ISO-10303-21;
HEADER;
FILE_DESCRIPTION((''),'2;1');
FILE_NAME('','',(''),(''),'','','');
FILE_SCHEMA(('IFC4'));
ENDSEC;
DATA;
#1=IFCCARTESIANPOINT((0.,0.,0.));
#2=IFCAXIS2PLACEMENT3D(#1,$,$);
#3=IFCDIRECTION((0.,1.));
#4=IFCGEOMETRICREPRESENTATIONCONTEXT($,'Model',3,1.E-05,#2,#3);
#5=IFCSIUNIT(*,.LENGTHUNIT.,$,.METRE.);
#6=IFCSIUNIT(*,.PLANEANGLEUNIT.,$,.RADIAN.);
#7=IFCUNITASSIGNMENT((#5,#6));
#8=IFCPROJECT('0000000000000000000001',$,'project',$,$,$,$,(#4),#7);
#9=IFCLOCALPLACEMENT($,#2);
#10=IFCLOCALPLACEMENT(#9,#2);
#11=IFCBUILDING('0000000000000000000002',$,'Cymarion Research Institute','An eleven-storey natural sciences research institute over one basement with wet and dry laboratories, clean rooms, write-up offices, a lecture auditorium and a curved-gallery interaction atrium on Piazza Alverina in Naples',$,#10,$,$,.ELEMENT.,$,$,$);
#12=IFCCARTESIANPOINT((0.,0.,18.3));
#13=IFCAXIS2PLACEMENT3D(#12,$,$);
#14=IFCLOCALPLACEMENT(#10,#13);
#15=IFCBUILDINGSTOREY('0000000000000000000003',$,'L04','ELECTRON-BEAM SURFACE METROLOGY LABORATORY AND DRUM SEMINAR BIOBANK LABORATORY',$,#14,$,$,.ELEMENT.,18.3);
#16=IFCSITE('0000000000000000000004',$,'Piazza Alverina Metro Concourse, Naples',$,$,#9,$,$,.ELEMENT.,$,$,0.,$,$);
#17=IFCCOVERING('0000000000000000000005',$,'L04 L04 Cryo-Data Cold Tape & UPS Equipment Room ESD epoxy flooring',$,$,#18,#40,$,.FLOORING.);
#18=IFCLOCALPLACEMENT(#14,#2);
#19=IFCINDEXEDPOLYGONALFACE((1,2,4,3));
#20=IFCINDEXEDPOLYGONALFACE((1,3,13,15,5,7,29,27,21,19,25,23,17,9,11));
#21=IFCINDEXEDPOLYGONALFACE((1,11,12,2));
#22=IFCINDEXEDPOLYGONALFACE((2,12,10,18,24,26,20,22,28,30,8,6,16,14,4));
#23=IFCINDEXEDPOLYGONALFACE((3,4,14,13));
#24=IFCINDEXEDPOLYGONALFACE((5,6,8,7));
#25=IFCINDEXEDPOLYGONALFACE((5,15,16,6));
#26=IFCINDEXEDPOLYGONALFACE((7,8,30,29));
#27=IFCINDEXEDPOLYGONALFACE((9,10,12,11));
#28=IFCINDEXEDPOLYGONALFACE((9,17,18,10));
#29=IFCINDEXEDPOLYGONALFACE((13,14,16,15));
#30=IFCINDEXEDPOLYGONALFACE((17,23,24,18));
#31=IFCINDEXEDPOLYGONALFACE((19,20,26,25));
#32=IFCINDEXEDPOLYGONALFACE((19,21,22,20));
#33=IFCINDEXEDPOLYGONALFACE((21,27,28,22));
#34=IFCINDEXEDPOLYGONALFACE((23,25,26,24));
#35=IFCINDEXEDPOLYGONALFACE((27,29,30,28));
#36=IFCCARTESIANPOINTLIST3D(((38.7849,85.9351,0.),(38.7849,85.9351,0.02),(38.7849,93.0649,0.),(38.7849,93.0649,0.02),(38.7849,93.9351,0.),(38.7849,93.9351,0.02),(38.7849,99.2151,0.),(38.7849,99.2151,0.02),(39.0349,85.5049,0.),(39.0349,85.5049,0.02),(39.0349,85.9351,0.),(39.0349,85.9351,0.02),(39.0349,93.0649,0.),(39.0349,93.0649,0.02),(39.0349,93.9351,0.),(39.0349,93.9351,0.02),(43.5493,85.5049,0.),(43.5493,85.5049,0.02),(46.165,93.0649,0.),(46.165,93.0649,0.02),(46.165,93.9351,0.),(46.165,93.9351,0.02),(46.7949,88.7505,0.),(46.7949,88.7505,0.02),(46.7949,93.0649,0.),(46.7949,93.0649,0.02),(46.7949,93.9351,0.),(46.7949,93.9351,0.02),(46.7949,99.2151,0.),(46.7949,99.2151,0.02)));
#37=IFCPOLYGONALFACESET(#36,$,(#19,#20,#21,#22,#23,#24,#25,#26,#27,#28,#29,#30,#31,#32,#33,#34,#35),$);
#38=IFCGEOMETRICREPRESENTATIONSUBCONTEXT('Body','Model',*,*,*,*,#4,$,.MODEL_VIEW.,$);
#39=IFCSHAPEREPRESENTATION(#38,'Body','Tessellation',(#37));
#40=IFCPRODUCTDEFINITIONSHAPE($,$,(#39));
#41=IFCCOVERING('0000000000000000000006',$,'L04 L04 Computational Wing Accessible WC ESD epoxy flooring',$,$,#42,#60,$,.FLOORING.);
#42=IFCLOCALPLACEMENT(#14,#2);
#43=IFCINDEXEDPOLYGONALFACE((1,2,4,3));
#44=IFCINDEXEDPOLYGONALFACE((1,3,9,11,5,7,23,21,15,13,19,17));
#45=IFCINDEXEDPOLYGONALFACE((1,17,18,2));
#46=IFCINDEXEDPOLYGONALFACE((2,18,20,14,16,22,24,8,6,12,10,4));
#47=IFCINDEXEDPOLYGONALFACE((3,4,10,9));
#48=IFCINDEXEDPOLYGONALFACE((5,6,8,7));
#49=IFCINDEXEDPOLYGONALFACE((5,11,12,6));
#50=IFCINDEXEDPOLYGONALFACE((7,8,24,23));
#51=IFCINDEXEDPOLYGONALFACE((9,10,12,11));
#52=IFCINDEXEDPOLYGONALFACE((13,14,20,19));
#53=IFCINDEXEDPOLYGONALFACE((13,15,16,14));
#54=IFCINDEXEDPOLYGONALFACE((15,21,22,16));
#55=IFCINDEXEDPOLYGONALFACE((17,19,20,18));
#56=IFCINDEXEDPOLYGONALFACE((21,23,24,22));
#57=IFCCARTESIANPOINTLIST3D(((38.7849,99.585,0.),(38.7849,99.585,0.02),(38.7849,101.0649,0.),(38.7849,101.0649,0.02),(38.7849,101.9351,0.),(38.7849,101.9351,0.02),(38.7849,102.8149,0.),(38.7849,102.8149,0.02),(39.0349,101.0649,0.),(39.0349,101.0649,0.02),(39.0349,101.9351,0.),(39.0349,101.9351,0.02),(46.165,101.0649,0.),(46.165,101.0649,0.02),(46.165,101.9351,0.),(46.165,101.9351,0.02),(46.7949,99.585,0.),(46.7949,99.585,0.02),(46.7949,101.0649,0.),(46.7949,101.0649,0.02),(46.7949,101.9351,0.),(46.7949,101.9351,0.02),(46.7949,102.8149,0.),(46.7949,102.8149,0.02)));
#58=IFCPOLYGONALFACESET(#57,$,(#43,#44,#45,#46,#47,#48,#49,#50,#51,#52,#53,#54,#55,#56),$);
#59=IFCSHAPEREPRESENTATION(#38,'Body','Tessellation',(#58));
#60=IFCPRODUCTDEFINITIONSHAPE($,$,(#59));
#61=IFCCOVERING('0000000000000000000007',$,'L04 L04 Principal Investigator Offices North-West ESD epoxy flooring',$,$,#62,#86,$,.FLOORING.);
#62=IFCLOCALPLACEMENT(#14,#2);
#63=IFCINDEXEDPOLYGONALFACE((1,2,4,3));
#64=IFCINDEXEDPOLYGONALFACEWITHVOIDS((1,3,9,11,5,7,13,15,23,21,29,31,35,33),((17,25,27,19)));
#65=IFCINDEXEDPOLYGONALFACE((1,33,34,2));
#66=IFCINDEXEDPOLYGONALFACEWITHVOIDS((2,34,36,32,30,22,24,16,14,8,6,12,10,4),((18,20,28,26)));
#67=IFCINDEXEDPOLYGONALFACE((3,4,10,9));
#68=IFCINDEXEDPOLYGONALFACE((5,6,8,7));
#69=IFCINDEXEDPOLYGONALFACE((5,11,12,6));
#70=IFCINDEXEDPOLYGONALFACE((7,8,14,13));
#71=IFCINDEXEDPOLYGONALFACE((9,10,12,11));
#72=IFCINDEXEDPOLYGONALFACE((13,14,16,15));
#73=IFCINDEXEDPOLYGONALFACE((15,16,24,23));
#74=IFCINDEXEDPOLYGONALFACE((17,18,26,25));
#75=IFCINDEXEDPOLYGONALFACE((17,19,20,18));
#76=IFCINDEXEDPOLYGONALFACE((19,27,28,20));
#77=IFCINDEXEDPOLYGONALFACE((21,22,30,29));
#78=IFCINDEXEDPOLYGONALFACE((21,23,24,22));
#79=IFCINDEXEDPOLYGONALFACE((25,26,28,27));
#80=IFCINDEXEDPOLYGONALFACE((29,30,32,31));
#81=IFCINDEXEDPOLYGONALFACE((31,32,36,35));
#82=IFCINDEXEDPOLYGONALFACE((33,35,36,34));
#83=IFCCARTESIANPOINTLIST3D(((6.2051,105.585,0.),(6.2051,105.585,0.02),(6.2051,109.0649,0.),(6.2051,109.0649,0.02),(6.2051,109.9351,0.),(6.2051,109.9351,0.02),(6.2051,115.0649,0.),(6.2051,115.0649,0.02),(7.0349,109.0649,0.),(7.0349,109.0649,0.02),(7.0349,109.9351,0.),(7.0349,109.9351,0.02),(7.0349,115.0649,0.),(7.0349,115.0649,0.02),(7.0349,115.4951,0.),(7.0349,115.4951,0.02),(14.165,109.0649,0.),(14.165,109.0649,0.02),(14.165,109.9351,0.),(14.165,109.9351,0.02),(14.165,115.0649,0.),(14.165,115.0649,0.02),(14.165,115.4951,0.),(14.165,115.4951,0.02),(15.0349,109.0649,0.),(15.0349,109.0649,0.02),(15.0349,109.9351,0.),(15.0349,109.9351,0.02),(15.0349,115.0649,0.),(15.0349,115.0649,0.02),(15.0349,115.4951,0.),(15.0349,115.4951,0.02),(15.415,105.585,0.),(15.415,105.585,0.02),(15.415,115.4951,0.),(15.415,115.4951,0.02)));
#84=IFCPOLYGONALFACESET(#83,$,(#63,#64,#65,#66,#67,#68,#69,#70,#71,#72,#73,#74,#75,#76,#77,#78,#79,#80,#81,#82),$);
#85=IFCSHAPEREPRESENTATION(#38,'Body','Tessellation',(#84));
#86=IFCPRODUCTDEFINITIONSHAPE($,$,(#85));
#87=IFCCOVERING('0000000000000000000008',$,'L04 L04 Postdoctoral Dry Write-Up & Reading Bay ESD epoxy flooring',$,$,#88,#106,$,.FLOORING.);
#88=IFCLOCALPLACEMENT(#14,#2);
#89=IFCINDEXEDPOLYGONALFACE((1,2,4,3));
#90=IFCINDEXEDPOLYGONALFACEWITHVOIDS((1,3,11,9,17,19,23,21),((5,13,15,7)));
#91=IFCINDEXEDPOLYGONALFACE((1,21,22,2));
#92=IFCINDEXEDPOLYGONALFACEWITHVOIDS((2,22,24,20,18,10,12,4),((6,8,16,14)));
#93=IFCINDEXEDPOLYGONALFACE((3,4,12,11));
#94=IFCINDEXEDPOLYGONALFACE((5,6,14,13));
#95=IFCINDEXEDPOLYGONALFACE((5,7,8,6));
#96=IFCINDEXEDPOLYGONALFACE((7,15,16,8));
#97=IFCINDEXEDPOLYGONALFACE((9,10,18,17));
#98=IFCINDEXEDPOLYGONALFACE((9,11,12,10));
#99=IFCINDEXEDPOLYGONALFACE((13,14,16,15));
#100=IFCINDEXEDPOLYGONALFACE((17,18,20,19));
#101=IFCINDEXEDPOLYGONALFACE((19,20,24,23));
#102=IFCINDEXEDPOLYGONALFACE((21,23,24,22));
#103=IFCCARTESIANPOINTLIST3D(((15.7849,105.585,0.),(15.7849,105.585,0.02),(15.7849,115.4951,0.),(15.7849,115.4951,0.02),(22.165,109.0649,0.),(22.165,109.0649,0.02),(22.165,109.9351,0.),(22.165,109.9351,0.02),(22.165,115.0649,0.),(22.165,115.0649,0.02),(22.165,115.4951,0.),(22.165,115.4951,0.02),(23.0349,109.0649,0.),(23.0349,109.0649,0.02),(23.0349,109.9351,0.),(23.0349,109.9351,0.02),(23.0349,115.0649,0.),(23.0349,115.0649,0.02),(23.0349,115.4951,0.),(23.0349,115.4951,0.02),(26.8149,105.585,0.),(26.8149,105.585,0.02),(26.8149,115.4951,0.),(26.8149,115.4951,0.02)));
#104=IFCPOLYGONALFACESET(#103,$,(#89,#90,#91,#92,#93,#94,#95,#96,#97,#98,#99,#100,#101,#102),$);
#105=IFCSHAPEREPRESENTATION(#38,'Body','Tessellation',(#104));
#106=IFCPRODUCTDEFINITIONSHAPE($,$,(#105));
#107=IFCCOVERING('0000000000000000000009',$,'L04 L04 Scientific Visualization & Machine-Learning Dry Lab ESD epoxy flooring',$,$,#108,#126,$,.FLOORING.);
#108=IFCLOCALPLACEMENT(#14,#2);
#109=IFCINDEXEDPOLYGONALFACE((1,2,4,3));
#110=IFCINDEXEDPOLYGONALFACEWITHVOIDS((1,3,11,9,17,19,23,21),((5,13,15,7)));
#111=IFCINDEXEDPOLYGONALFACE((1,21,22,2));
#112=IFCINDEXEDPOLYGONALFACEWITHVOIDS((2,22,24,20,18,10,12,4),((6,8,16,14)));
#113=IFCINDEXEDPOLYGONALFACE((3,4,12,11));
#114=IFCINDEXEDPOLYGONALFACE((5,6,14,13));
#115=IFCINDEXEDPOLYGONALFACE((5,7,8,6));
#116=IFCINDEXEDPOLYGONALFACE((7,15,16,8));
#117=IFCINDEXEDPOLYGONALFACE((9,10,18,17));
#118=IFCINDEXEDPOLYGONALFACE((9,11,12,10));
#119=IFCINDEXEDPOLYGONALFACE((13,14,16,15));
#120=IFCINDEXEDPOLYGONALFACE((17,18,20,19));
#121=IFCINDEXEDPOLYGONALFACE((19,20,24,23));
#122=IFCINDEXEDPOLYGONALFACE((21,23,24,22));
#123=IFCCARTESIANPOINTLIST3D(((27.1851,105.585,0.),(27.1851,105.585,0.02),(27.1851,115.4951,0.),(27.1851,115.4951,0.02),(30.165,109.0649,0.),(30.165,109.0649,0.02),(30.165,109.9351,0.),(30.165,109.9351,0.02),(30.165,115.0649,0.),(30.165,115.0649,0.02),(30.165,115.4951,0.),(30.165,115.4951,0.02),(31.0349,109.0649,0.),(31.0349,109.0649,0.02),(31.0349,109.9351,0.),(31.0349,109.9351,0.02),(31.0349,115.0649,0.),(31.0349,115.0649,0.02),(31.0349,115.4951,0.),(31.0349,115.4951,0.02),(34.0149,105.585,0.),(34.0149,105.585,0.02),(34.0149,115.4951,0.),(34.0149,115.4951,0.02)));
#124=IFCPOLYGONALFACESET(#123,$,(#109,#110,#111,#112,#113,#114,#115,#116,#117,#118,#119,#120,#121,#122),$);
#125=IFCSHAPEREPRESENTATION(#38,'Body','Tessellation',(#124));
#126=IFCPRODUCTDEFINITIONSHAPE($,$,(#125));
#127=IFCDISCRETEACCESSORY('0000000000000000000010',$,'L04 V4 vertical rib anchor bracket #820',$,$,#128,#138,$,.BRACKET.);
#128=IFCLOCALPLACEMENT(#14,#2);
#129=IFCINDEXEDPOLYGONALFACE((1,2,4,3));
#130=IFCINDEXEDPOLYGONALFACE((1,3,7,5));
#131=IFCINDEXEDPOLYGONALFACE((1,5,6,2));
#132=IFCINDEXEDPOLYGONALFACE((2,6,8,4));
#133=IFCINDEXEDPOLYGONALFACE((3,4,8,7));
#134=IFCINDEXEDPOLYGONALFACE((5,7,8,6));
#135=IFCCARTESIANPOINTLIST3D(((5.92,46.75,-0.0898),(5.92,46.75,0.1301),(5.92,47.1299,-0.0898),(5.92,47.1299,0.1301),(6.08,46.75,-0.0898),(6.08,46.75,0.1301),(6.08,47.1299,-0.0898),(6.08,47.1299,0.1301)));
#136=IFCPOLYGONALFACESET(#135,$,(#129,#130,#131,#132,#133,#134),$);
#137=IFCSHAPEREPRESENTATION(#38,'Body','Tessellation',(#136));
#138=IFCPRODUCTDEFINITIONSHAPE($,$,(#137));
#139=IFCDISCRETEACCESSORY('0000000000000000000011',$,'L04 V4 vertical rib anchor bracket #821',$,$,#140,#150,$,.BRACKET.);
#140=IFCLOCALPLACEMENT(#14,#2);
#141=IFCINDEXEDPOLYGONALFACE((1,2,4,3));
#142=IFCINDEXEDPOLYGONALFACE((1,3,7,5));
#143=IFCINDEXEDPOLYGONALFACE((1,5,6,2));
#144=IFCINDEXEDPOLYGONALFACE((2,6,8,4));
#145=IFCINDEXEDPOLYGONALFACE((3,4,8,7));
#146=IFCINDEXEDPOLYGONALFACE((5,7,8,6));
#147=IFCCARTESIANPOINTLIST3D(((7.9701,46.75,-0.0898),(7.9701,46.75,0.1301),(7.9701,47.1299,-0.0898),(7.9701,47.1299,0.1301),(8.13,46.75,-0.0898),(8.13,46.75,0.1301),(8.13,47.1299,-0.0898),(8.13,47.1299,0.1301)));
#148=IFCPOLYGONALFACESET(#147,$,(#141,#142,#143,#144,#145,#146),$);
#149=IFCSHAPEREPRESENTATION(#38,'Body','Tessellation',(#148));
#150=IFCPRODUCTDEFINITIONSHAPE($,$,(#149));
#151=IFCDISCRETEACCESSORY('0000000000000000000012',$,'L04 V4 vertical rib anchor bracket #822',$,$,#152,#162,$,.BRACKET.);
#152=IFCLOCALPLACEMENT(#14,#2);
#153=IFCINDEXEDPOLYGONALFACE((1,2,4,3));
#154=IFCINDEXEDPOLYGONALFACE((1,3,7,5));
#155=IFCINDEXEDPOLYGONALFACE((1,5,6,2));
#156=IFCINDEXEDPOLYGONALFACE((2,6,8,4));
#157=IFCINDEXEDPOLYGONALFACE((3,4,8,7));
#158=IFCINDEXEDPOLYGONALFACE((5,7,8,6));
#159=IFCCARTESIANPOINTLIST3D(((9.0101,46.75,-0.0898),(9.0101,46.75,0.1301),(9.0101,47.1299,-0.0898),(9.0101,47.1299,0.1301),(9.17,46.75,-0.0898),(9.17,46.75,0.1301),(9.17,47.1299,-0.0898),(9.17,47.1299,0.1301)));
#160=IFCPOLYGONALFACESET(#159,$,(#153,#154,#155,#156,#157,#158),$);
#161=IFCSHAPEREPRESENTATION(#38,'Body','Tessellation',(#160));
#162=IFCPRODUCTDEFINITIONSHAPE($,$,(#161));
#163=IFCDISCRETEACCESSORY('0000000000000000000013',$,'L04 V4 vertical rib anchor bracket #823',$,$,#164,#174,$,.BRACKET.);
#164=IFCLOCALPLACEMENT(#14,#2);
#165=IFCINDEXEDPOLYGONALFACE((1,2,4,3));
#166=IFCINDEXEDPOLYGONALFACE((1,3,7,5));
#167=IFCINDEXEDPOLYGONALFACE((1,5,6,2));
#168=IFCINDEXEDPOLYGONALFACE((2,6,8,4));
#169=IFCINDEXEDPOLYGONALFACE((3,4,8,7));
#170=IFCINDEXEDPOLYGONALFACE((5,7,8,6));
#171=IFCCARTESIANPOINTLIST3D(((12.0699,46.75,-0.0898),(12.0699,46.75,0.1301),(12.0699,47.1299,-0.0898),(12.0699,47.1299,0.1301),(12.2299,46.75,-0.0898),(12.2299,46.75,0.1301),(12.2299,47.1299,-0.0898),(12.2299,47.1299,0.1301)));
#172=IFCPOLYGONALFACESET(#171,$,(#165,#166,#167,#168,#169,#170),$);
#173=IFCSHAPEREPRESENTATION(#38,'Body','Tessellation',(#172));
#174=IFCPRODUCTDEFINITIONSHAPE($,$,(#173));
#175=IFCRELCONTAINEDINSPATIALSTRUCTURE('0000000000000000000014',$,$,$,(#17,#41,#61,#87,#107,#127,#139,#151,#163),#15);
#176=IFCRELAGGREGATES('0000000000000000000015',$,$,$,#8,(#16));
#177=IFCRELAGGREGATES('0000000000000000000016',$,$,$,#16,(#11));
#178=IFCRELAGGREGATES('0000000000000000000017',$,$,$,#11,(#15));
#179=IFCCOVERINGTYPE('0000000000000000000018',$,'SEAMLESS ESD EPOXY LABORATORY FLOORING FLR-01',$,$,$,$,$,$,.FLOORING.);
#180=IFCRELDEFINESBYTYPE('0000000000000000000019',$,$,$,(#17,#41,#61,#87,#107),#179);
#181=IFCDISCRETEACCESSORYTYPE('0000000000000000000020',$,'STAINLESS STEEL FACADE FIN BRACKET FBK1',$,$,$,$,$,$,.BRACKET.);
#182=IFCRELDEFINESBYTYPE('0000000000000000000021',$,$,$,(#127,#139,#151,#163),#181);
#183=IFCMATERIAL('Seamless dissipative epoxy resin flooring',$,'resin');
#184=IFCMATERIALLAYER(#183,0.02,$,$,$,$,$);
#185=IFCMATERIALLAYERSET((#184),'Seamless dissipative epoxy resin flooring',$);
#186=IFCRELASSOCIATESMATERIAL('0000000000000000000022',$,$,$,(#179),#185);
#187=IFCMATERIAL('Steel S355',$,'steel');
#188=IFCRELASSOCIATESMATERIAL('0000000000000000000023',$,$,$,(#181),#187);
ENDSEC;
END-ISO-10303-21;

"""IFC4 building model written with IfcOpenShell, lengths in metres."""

from ifc_helpers import new_model, si_unit, direction, frame, origin, origin_2d, place, context, subcontext, project, spatial, polyline, rectangle, outline, extrude, material, layer, layer_set, type_object, element, save


model = new_model("IFC4")

# Units and contexts
model_context = context("Model", 3, precision=1e-05, world=origin(), true_north=direction((0.0, 1.0)))
body_context = subcontext(model_context, "Body", "Model", "MODEL_VIEW")
ifc_project = project(units=[si_unit("LENGTHUNIT", "METRE"), si_unit("PLANEANGLEUNIT", "RADIAN")], contexts=[model_context])

# Site, building, storey
site_placement = place(None, origin())
site = spatial("IfcSite", under=ifc_project, at=site_placement, Name="Piazza Alverina Metro Concourse, Naples", CompositionType="ELEMENT", RefElevation=0.0)
building_placement = place(site_placement, origin())
building = spatial("IfcBuilding", under=site, at=building_placement, Name="Cymarion Research Institute", Description="An eleven-storey natural sciences research institute over one basement with wet and dry laboratories, clean rooms, write-up offices, a lecture auditorium and a curved-gallery interaction atrium on Piazza Alverina in Naples", CompositionType="ELEMENT")
storey_placement = place(building_placement, frame((0.0, 0.0, 18.3)))
storey = spatial("IfcBuildingStorey", under=building, at=storey_placement, Name="L04", Description="ELECTRON-BEAM SURFACE METROLOGY LABORATORY AND DRUM SEMINAR BIOBANK LABORATORY", CompositionType="ELEMENT", Elevation=18.3)

# Coverings
ifc_material_1 = material(Name="Seamless dissipative epoxy resin flooring", Category="resin")
ifc_layer_1 = layer(ifc_material_1, 0.02)
ifc_layer_set_1 = layer_set([ifc_layer_1], Name="Seamless dissipative epoxy resin flooring")
covering_type_1 = type_object("IfcCoveringType", Name="SEAMLESS ESD EPOXY LABORATORY FLOORING FLR-01", PredefinedType="FLOORING", material=ifc_layer_set_1)
covering_1_placement = place(storey_placement, origin())
element("IfcCovering", 1, at=covering_1_placement, inside=storey, type_object=covering_type_1, Name="L04 L04 Cryo-Data Cold Tape & UPS Equipment Room ESD epoxy flooring", PredefinedType="FLOORING", context=body_context, shape_type="SweptSolid", body=[
    extrude(outline(polyline([(46.165, 93.9351), (46.165, 93.0649), (46.7949, 93.0649), (46.7949, 88.7505), (43.5493, 85.5049), (39.0349, 85.5049), (39.0349, 85.9351), (38.7849, 85.9351), (38.7849, 93.0649), (39.0349, 93.0649), (39.0349, 93.9351), (38.7849, 93.9351), (38.7849, 99.2151), (46.7949, 99.2151), (46.7949, 93.9351), (46.165, 93.9351)])), origin(), (0.0, 0.0, 1.0), 0.02),
])
covering_2_placement = place(storey_placement, origin())
element("IfcCovering", 2, at=covering_2_placement, inside=storey, type_object=covering_type_1, Name="L04 L04 Computational Wing Accessible WC ESD epoxy flooring", PredefinedType="FLOORING", context=body_context, shape_type="SweptSolid", body=[
    extrude(outline(polyline([(38.7849, 101.0649), (39.0349, 101.0649), (39.0349, 101.9351), (38.7849, 101.9351), (38.7849, 102.8149), (46.7949, 102.8149), (46.7949, 101.9351), (46.165, 101.9351), (46.165, 101.0649), (46.7949, 101.0649), (46.7949, 99.585), (38.7849, 99.585), (38.7849, 101.0649)])), origin(), (0.0, 0.0, 1.0), 0.02),
])
covering_3_placement = place(storey_placement, origin())
element("IfcCovering", 3, at=covering_3_placement, inside=storey, type_object=covering_type_1, Name="L04 L04 Principal Investigator Offices North-West ESD epoxy flooring", PredefinedType="FLOORING", context=body_context, shape_type="SweptSolid", body=[
    extrude(outline(polyline([(6.2051, 109.0649), (7.0349, 109.0649), (7.0349, 109.9351), (6.2051, 109.9351), (6.2051, 115.0649), (7.0349, 115.0649), (7.0349, 115.4951), (14.165, 115.4951), (14.165, 115.0649), (15.0349, 115.0649), (15.0349, 115.4951), (15.415, 115.4951), (15.415, 105.585), (6.2051, 105.585), (6.2051, 109.0649)]), holes=[polyline([(14.165, 109.9351), (14.165, 109.0649), (15.0349, 109.0649), (15.0349, 109.9351), (14.165, 109.9351)])]), origin(), (0.0, 0.0, 1.0), 0.02),
])
covering_4_placement = place(storey_placement, origin())
element("IfcCovering", 4, at=covering_4_placement, inside=storey, type_object=covering_type_1, Name="L04 L04 Postdoctoral Dry Write-Up & Reading Bay ESD epoxy flooring", PredefinedType="FLOORING", context=body_context, shape_type="SweptSolid", body=[
    extrude(outline(polyline([(15.7849, 105.585), (15.7849, 115.4951), (22.165, 115.4951), (22.165, 115.0649), (23.0349, 115.0649), (23.0349, 115.4951), (26.8149, 115.4951), (26.8149, 105.585), (15.7849, 105.585)]), holes=[polyline([(22.165, 109.9351), (22.165, 109.0649), (23.0349, 109.0649), (23.0349, 109.9351), (22.165, 109.9351)])]), origin(), (0.0, 0.0, 1.0), 0.02),
])
covering_5_placement = place(storey_placement, origin())
element("IfcCovering", 5, at=covering_5_placement, inside=storey, type_object=covering_type_1, Name="L04 L04 Scientific Visualization & Machine-Learning Dry Lab ESD epoxy flooring", PredefinedType="FLOORING", context=body_context, shape_type="SweptSolid", body=[
    extrude(outline(polyline([(27.1851, 105.585), (27.1851, 115.4951), (30.165, 115.4951), (30.165, 115.0649), (31.0349, 115.0649), (31.0349, 115.4951), (34.0149, 115.4951), (34.0149, 105.585), (27.1851, 105.585)]), holes=[polyline([(30.165, 109.9351), (30.165, 109.0649), (31.0349, 109.0649), (31.0349, 109.9351), (30.165, 109.9351)])]), origin(), (0.0, 0.0, 1.0), 0.02),
])

# Discrete accessories
ifc_material_2 = material(Name="Steel S355", Category="steel")
discrete_accessory_type = type_object("IfcDiscreteAccessoryType", Name="STAINLESS STEEL FACADE FIN BRACKET FBK1", PredefinedType="BRACKET", material=ifc_material_2)
for number, where, z_axis, x_axis, name in (
    (6, (6.0, 46.9399, -0.0898), (0.0, 0.0, 1.0), (0.0, -1.0, 0.0), "L04 V4 vertical rib anchor bracket #820"),
    (7, (8.05, 46.9399, -0.0898), (0.0, 0.0, 1.0), (0.0, -1.0, 0.0), "L04 V4 vertical rib anchor bracket #821"),
    (8, (9.0901, 46.9399, -0.0898), (0.0, 0.0, 1.0), (0.0, -1.0, 0.0), "L04 V4 vertical rib anchor bracket #822"),
    (9, (12.1499, 46.9399, -0.0898), (0.0, 0.0, 1.0), (0.0, -1.0, 0.0), "L04 V4 vertical rib anchor bracket #823"),
):
    element("IfcDiscreteAccessory", number, at=place(storey_placement, frame(where, z_axis=z_axis, x_axis=x_axis)), inside=storey, type_object=discrete_accessory_type, Name=name, PredefinedType="BRACKET", context=body_context, shape_type="SweptSolid", body=[
        extrude(rectangle(XDim=0.3799, YDim=0.1599, at=origin_2d()), origin(), (0.0, 0.0, 1.0), 0.22),
    ])

save(model, "model.ifc")
